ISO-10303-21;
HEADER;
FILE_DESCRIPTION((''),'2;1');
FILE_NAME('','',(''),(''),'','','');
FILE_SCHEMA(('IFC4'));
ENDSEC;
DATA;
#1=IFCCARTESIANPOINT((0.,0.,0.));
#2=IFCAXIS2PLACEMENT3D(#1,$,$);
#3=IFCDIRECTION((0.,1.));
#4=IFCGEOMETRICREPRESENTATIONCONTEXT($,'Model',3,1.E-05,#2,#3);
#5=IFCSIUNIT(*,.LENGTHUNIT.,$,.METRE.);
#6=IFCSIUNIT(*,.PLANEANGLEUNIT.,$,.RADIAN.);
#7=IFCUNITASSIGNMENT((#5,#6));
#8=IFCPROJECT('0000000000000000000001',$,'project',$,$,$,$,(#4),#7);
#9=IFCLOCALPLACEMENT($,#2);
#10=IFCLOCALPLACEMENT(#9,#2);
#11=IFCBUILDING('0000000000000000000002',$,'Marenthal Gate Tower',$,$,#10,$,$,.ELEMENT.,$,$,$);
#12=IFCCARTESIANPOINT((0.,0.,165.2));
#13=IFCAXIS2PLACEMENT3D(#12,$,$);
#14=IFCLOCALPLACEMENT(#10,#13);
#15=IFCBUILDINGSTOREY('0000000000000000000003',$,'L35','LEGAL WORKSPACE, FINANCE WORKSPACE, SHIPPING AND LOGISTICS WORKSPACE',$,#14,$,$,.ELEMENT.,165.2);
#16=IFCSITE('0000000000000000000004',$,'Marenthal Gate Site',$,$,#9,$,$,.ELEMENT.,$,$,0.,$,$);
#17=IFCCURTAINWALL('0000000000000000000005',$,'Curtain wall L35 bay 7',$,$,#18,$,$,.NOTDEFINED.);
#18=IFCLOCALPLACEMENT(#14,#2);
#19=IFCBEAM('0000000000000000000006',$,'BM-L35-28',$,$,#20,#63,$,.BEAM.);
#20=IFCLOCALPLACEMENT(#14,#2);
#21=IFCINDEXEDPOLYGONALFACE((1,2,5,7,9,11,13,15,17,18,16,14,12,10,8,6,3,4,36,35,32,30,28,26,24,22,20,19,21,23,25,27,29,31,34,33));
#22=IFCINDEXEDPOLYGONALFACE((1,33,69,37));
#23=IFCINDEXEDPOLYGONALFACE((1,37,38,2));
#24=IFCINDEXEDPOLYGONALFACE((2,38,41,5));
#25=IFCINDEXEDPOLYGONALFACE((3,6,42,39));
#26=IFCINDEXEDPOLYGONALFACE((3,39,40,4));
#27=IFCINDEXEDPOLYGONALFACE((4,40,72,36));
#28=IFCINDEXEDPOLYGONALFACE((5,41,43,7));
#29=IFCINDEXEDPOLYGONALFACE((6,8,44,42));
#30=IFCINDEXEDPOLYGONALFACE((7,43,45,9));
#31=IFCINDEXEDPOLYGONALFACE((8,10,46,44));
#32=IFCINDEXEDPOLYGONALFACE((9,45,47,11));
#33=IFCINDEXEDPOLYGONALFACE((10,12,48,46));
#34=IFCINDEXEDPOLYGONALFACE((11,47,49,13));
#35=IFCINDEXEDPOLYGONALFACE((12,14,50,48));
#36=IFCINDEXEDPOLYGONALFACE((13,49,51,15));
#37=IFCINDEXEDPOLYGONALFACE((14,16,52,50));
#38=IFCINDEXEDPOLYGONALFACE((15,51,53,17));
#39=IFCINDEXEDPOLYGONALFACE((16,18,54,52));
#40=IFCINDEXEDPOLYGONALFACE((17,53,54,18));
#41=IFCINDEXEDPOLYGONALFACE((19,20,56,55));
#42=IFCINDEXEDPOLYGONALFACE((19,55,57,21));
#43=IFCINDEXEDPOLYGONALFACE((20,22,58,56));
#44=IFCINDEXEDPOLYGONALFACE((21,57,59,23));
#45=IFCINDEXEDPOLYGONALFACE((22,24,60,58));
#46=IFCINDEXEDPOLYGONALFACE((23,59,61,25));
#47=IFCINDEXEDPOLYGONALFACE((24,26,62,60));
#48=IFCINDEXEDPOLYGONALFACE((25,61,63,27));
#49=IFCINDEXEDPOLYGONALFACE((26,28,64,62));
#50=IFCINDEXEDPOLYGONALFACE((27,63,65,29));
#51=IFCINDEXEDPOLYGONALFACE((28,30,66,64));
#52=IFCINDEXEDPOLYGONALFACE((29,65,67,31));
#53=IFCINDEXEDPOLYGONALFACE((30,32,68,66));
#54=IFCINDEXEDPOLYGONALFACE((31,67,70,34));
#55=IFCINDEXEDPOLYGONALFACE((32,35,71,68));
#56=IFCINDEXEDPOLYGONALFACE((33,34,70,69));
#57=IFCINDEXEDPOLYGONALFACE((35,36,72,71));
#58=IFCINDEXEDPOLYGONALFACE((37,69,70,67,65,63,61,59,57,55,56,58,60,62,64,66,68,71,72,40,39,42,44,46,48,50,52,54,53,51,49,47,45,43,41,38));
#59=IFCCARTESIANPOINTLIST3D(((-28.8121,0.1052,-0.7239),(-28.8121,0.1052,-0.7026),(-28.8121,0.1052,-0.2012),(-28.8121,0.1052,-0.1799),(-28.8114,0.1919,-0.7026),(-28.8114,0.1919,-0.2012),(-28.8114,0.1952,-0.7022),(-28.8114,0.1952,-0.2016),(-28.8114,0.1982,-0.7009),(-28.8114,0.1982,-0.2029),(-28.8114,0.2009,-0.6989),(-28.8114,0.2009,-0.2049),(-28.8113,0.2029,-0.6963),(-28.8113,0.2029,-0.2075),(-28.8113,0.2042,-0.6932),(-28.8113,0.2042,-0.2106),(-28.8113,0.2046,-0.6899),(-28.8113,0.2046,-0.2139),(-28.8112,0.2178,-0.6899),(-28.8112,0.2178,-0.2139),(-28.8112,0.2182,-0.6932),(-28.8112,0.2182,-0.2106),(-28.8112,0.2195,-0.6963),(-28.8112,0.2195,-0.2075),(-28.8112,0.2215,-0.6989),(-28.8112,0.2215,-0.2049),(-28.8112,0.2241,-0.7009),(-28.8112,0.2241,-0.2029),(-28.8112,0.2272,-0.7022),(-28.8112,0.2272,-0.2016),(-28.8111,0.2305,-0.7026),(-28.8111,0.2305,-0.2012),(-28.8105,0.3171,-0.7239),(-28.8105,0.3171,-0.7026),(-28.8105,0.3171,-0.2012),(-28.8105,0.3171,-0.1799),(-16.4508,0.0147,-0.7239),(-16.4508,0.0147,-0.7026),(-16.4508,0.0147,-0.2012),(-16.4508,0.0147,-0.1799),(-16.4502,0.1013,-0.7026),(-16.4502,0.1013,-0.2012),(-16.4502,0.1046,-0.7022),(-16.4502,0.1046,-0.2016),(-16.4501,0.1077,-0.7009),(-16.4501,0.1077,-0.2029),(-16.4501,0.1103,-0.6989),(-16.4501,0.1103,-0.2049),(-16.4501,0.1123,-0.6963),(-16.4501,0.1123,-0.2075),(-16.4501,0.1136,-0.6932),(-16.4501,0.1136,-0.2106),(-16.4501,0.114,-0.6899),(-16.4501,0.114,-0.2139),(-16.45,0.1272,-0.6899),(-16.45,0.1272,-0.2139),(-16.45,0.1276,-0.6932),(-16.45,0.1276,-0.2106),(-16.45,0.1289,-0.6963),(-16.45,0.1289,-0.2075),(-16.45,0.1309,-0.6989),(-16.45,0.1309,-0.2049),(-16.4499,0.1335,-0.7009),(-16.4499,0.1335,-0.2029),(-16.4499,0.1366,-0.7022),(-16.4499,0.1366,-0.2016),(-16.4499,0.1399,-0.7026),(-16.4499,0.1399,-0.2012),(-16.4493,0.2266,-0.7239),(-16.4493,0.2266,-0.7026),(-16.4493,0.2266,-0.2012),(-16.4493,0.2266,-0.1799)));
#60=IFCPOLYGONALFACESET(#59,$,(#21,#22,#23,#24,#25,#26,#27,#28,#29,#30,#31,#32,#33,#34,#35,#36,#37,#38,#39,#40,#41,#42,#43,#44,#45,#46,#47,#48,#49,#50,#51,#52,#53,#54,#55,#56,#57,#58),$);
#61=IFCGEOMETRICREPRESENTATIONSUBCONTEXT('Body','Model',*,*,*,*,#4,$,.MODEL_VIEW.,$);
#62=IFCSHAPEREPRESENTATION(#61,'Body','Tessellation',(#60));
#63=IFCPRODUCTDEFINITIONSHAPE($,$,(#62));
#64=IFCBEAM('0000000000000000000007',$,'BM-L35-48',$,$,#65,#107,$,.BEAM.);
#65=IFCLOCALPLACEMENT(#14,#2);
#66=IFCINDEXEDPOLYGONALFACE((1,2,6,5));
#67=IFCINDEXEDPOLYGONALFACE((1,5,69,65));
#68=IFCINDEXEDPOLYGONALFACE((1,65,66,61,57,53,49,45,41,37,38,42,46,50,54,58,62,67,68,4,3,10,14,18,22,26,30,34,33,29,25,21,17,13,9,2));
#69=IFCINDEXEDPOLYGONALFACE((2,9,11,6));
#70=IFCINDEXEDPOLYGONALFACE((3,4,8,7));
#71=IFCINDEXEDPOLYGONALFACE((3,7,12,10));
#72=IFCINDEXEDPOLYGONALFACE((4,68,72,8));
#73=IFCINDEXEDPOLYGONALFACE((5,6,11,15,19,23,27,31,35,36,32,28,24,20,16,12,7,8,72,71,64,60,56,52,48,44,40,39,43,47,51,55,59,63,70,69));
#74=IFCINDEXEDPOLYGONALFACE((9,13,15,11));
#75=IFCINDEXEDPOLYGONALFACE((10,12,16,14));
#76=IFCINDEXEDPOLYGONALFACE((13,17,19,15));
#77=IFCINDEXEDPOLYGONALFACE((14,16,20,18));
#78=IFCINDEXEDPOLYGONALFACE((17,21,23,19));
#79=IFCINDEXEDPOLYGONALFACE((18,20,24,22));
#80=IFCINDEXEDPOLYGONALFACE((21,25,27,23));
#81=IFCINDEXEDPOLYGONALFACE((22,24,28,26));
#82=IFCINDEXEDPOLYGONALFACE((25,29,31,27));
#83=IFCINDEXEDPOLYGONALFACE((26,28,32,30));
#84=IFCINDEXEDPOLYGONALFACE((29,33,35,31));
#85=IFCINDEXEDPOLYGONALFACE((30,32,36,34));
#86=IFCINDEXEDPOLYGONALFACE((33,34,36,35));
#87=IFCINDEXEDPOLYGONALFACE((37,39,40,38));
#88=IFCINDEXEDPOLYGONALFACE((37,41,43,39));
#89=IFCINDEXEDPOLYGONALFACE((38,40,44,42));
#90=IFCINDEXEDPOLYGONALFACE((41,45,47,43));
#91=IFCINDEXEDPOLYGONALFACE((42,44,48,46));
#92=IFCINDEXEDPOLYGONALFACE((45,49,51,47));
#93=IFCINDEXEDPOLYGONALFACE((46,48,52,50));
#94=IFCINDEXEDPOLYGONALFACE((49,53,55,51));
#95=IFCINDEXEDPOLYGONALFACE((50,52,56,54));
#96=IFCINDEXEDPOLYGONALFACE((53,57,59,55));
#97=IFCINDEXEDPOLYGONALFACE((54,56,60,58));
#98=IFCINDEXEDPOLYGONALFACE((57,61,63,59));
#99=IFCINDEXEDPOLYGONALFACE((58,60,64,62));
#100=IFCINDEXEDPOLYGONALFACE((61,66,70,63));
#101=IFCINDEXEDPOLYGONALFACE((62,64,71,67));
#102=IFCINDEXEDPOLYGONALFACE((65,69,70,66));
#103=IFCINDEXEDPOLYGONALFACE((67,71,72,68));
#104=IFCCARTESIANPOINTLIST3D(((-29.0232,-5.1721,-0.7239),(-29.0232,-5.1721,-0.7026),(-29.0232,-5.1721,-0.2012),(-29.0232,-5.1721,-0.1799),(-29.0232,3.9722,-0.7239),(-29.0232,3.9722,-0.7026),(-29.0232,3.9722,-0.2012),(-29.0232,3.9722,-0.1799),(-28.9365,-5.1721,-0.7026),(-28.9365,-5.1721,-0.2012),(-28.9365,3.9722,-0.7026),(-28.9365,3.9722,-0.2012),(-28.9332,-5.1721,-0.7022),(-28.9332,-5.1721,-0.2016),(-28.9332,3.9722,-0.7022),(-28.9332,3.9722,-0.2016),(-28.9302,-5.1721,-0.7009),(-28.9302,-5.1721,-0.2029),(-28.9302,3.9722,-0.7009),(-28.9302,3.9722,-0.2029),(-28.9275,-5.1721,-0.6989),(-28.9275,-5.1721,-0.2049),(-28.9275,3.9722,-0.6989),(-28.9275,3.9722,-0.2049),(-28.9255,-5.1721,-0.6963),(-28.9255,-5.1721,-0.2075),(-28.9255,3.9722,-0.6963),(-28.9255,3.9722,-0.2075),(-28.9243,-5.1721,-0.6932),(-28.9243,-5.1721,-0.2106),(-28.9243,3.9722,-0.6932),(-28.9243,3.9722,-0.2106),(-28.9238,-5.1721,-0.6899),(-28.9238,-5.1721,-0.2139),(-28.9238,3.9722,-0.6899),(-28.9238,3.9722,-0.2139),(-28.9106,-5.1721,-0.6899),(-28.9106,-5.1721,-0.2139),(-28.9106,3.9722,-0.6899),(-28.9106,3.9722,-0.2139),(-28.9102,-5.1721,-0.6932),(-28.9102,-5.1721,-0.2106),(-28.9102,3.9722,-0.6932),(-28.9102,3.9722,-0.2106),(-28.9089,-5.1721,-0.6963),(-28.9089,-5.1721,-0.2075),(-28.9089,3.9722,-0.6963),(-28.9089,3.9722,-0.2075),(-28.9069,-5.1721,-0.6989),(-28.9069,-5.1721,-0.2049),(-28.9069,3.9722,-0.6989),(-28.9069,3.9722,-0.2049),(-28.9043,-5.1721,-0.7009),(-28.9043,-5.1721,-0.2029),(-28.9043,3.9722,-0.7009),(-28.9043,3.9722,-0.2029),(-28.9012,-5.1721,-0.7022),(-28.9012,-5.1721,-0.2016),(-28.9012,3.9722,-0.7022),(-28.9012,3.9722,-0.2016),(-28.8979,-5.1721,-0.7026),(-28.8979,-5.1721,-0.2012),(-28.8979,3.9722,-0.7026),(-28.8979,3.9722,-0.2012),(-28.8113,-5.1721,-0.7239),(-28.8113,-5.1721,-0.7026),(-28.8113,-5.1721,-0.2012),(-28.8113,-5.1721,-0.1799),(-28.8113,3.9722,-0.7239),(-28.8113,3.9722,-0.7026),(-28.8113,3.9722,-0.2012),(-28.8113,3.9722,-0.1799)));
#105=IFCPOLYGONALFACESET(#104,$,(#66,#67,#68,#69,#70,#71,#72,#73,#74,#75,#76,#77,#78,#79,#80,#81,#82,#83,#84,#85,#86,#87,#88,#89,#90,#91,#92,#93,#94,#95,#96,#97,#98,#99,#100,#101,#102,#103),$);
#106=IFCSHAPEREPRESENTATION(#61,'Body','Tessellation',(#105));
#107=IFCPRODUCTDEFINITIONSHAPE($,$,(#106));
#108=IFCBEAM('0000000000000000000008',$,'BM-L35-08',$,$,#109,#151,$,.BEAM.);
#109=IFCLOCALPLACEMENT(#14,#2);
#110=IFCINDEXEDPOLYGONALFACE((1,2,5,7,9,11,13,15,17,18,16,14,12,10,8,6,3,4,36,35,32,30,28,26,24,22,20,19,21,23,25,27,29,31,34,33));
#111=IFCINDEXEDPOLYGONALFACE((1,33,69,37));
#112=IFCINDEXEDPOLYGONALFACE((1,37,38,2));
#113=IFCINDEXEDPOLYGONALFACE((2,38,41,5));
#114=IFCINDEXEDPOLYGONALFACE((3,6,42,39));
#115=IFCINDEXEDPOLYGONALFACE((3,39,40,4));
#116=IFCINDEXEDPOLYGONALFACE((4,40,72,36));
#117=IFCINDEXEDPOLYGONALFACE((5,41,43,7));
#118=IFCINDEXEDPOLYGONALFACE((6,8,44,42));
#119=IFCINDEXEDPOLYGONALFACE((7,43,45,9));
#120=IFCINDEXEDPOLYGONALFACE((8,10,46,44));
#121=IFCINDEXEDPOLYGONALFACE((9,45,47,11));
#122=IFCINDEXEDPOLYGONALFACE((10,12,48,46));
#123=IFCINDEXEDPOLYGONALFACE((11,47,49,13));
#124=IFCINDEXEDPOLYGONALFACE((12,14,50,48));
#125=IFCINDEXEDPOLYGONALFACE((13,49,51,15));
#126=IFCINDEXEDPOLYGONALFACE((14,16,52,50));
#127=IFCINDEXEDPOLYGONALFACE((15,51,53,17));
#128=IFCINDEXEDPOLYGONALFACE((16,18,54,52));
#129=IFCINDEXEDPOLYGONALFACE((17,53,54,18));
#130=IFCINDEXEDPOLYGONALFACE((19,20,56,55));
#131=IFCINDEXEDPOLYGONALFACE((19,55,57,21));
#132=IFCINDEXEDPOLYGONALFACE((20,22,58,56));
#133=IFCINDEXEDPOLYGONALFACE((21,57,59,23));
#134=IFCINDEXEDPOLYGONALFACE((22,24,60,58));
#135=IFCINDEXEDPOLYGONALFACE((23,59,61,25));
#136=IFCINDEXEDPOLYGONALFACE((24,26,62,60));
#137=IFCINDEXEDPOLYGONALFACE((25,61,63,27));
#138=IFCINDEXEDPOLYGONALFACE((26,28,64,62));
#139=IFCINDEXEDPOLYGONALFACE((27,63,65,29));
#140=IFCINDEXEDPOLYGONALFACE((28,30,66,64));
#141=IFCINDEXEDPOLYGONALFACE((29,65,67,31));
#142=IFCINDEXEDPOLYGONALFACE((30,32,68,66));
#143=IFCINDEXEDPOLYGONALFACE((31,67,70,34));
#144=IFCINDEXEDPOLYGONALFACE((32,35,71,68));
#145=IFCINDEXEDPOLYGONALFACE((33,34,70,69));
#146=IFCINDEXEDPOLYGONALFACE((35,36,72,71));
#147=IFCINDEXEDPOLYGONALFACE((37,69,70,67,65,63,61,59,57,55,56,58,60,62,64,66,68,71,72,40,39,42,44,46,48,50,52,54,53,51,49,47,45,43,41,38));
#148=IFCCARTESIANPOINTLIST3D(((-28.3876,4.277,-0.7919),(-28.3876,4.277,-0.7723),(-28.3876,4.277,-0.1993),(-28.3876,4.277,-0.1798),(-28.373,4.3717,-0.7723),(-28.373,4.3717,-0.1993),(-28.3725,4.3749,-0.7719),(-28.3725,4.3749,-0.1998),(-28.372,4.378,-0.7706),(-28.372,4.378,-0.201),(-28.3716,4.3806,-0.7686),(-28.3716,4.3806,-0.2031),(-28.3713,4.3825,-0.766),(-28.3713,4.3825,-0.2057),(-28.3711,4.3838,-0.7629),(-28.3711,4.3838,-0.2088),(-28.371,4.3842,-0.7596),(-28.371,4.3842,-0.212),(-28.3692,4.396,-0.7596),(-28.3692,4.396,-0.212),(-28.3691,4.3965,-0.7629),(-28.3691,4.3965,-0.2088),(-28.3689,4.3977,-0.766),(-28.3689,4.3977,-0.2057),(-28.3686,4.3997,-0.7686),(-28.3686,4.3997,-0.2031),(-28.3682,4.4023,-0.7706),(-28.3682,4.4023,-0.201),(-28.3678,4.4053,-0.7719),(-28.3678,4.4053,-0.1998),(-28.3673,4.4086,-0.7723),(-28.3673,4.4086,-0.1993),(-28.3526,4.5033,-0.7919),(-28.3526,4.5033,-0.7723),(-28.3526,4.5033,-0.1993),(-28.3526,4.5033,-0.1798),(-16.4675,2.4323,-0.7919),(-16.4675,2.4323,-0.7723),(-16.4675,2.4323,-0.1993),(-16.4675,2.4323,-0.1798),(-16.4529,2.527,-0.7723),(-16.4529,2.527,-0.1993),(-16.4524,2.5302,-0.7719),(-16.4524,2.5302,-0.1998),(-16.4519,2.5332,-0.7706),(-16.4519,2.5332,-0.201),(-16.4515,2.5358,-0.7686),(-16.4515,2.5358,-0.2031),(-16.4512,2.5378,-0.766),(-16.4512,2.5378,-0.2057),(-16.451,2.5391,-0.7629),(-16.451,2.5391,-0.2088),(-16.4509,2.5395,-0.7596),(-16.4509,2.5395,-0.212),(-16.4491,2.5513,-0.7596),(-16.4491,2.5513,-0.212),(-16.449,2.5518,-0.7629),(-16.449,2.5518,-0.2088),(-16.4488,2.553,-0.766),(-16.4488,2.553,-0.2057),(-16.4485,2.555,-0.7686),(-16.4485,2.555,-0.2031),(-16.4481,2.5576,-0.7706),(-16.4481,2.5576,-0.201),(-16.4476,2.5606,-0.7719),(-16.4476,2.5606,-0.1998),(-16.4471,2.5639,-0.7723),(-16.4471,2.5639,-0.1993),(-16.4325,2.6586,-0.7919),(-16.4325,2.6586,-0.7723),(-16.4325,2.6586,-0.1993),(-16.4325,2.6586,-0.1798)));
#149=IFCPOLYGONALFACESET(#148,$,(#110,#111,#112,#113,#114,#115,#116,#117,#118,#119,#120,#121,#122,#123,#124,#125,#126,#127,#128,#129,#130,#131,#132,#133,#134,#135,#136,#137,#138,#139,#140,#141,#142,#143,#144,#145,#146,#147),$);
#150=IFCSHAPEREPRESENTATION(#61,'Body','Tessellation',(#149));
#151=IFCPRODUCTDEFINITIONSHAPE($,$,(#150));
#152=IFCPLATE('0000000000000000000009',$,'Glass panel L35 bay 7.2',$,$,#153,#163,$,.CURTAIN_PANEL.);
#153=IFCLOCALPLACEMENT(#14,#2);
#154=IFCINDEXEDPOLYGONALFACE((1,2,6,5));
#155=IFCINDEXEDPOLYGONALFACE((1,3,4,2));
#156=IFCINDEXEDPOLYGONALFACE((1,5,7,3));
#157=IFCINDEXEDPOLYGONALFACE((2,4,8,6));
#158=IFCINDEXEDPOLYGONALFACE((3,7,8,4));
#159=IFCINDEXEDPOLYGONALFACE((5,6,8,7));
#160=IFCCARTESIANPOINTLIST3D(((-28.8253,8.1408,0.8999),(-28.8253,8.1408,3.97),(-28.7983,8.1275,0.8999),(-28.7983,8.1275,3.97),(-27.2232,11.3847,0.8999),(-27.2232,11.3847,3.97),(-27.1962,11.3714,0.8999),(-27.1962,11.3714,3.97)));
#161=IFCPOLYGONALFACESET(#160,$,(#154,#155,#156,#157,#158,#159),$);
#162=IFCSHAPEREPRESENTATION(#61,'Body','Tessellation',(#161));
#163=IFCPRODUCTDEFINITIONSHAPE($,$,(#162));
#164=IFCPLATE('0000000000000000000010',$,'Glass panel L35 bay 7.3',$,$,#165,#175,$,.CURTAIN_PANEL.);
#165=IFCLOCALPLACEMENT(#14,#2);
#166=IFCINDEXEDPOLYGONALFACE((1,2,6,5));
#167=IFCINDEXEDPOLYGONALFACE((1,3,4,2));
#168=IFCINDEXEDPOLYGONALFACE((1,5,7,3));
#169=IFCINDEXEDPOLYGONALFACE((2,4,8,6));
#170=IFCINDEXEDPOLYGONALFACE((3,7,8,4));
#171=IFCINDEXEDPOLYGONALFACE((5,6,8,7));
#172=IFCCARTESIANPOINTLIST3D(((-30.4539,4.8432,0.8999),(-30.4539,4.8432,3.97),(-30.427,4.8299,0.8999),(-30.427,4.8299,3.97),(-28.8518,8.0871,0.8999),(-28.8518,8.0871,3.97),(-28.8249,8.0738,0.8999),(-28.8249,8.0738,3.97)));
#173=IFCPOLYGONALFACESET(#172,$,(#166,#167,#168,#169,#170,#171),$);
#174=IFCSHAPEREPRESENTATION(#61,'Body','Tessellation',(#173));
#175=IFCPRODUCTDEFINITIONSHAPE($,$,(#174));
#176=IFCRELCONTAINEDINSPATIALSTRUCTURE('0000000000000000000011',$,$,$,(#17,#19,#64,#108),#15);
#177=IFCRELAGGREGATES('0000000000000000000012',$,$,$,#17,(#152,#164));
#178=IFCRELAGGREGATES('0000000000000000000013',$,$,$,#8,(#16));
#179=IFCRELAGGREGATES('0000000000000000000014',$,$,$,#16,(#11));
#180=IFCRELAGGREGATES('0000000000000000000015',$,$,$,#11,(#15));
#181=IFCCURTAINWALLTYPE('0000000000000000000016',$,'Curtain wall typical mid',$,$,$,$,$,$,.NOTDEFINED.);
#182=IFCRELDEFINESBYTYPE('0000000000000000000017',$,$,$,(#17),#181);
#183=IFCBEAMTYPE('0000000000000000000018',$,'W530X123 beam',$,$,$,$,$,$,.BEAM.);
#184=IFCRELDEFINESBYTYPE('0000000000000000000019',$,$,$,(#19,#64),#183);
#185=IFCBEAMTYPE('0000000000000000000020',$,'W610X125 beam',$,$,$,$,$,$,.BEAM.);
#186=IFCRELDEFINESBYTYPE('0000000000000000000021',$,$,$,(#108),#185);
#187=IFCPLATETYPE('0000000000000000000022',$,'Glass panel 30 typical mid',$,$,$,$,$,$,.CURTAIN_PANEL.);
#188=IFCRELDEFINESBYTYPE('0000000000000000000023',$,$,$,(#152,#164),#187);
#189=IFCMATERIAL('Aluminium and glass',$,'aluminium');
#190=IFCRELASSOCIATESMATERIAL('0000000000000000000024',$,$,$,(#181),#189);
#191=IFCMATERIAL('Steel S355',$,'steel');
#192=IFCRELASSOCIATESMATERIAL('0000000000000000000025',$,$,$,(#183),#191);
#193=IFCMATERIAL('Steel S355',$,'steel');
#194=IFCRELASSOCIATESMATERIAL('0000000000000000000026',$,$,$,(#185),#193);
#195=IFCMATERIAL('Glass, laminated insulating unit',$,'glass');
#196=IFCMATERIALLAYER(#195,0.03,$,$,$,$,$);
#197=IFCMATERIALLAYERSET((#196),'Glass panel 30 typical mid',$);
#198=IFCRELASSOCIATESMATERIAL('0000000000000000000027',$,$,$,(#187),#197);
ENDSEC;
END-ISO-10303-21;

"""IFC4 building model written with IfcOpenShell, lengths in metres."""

from ifc_helpers import new_model, si_unit, direction, frame, origin, origin_2d, place, context, subcontext, project, spatial, rectangle, i_section, extrude, material, layer, layer_set, material_profile, profile_set, type_object, element, aggregate, save


model = new_model("IFC4")

# Units and contexts
model_context = context("Model", 3, precision=1e-05, world=origin(), true_north=direction((0.0, 1.0)))
body_context = subcontext(model_context, "Body", "Model", "MODEL_VIEW")
ifc_project = project(units=[si_unit("LENGTHUNIT", "METRE"), si_unit("PLANEANGLEUNIT", "RADIAN")], contexts=[model_context])

# Site, building, storey
site_placement = place(None, origin())
site = spatial("IfcSite", under=ifc_project, at=site_placement, Name="Marenthal Gate Site", CompositionType="ELEMENT", RefElevation=0.0)
building_placement = place(site_placement, origin())
building = spatial("IfcBuilding", under=site, at=building_placement, Name="Marenthal Gate Tower", CompositionType="ELEMENT")
storey_placement = place(building_placement, frame((0.0, 0.0, 165.2)))
storey = spatial("IfcBuildingStorey", under=building, at=storey_placement, Name="L35", Description="LEGAL WORKSPACE, FINANCE WORKSPACE, SHIPPING AND LOGISTICS WORKSPACE", CompositionType="ELEMENT", Elevation=165.2)

# Curtain wall
ifc_material_1 = material(Name="Aluminium and glass", Category="aluminium")
curtain_wall_type = type_object("IfcCurtainWallType", Name="Curtain wall typical mid", PredefinedType="NOTDEFINED", material=ifc_material_1)
curtain_wall_placement = place(storey_placement, origin())
curtain_wall = element("IfcCurtainWall", 1, at=curtain_wall_placement, inside=storey, type_object=curtain_wall_type, Name="Curtain wall L35 bay 7", PredefinedType="NOTDEFINED")

# Beams
ifc_material_2 = material(Name="Steel S355", Category="steel")
ifc_material_profile_1 = material_profile(ifc_material_2, i_section(OverallWidth=0.2119, OverallDepth=0.5439, WebThickness=0.0132, FlangeThickness=0.0212, FilletRadius=0.0127, at=origin_2d()), Name="W530X123")
ifc_profile_set_1 = profile_set([ifc_material_profile_1], Name="Steel S355")
beam_type_1 = type_object("IfcBeamType", Name="W530X123 beam", PredefinedType="BEAM", material=ifc_profile_set_1)
beam_1_placement = place(storey_placement, frame((-28.8113, 0.2112, -0.4519), z_axis=(0.999973, -0.007327, 0.0), x_axis=(0.007327, 0.999973, 0.0)))
element("IfcBeam", 2, at=beam_1_placement, inside=storey, type_object=beam_type_1, Name="BM-L35-28", PredefinedType="BEAM", context=body_context, shape_type="SweptSolid", body=[
    extrude(i_section(OverallWidth=0.2119, OverallDepth=0.5439, WebThickness=0.0132, FlangeThickness=0.0212, FilletRadius=0.0127, at=origin_2d()), origin(), (0.0, 0.0, 1.0), 12.3616),
])
beam_2_placement = place(storey_placement, frame((-28.9172, 3.9722, -0.4519), z_axis=(0.0, -1.0, 0.0), x_axis=(1.0, 0.0, 0.0)))
element("IfcBeam", 3, at=beam_2_placement, inside=storey, type_object=beam_type_1, Name="BM-L35-48", PredefinedType="BEAM", context=body_context, shape_type="SweptSolid", body=[
    extrude(i_section(OverallWidth=0.2119, OverallDepth=0.5439, WebThickness=0.0132, FlangeThickness=0.0212, FilletRadius=0.0127, at=origin_2d()), origin(), (0.0, 0.0, 1.0), 9.1443),
])
ifc_material_3 = material(Name="Steel S355", Category="steel")
ifc_material_profile_2 = material_profile(ifc_material_3, i_section(OverallWidth=0.229, OverallDepth=0.6121, WebThickness=0.012, FlangeThickness=0.0195, FilletRadius=0.0127, at=origin_2d()), Name="W610X125")
ifc_profile_set_2 = profile_set([ifc_material_profile_2], Name="Steel S355")
beam_type_2 = type_object("IfcBeamType", Name="W610X125 beam", PredefinedType="BEAM", material=ifc_profile_set_2)
beam_3_placement = place(storey_placement, frame((-28.3701, 4.3901, -0.4858), z_axis=(0.988236, -0.152936, 0.0), x_axis=(0.152936, 0.988236, 0.0)))
element("IfcBeam", 4, at=beam_3_placement, inside=storey, type_object=beam_type_2, Name="BM-L35-08", PredefinedType="BEAM", context=body_context, shape_type="SweptSolid", body=[
    extrude(i_section(OverallWidth=0.229, OverallDepth=0.6121, WebThickness=0.012, FlangeThickness=0.0195, FilletRadius=0.0127, at=origin_2d()), origin(), (0.0, 0.0, 1.0), 12.062),
])

# Plates
ifc_material_4 = material(Name="Glass, laminated insulating unit", Category="glass")
ifc_layer_1 = layer(ifc_material_4, 0.03)
ifc_layer_set_1 = layer_set([ifc_layer_1], Name="Glass panel 30 typical mid")
plate_type = type_object("IfcPlateType", Name="Glass panel 30 typical mid", PredefinedType="CURTAIN_PANEL", material=ifc_layer_set_1)
plate_1_placement = place(storey_placement, frame((-28.0107, 9.7561, 0.8999), z_axis=(0.0, 0.0, 1.0), x_axis=(-0.442824, -0.896609, 0.0)))
plate_1 = element("IfcPlate", 5, at=plate_1_placement, type_object=plate_type, Name="Glass panel L35 bay 7.2", PredefinedType="CURTAIN_PANEL", context=body_context, shape_type="SweptSolid", body=[
    extrude(rectangle(XDim=3.6179, YDim=0.03, at=origin_2d()), origin(), (0.0, 0.0, 1.0), 3.0701),
])
plate_2_placement = place(storey_placement, frame((-29.6394, 6.4585, 0.8999), z_axis=(0.0, 0.0, 1.0), x_axis=(-0.442824, -0.896609, 0.0)))
plate_2 = element("IfcPlate", 6, at=plate_2_placement, type_object=plate_type, Name="Glass panel L35 bay 7.3", PredefinedType="CURTAIN_PANEL", context=body_context, shape_type="SweptSolid", body=[
    extrude(rectangle(XDim=3.6179, YDim=0.03, at=origin_2d()), origin(), (0.0, 0.0, 1.0), 3.0701),
])
aggregate(curtain_wall, [plate_1, plate_2])

save(model, "model.ifc")
